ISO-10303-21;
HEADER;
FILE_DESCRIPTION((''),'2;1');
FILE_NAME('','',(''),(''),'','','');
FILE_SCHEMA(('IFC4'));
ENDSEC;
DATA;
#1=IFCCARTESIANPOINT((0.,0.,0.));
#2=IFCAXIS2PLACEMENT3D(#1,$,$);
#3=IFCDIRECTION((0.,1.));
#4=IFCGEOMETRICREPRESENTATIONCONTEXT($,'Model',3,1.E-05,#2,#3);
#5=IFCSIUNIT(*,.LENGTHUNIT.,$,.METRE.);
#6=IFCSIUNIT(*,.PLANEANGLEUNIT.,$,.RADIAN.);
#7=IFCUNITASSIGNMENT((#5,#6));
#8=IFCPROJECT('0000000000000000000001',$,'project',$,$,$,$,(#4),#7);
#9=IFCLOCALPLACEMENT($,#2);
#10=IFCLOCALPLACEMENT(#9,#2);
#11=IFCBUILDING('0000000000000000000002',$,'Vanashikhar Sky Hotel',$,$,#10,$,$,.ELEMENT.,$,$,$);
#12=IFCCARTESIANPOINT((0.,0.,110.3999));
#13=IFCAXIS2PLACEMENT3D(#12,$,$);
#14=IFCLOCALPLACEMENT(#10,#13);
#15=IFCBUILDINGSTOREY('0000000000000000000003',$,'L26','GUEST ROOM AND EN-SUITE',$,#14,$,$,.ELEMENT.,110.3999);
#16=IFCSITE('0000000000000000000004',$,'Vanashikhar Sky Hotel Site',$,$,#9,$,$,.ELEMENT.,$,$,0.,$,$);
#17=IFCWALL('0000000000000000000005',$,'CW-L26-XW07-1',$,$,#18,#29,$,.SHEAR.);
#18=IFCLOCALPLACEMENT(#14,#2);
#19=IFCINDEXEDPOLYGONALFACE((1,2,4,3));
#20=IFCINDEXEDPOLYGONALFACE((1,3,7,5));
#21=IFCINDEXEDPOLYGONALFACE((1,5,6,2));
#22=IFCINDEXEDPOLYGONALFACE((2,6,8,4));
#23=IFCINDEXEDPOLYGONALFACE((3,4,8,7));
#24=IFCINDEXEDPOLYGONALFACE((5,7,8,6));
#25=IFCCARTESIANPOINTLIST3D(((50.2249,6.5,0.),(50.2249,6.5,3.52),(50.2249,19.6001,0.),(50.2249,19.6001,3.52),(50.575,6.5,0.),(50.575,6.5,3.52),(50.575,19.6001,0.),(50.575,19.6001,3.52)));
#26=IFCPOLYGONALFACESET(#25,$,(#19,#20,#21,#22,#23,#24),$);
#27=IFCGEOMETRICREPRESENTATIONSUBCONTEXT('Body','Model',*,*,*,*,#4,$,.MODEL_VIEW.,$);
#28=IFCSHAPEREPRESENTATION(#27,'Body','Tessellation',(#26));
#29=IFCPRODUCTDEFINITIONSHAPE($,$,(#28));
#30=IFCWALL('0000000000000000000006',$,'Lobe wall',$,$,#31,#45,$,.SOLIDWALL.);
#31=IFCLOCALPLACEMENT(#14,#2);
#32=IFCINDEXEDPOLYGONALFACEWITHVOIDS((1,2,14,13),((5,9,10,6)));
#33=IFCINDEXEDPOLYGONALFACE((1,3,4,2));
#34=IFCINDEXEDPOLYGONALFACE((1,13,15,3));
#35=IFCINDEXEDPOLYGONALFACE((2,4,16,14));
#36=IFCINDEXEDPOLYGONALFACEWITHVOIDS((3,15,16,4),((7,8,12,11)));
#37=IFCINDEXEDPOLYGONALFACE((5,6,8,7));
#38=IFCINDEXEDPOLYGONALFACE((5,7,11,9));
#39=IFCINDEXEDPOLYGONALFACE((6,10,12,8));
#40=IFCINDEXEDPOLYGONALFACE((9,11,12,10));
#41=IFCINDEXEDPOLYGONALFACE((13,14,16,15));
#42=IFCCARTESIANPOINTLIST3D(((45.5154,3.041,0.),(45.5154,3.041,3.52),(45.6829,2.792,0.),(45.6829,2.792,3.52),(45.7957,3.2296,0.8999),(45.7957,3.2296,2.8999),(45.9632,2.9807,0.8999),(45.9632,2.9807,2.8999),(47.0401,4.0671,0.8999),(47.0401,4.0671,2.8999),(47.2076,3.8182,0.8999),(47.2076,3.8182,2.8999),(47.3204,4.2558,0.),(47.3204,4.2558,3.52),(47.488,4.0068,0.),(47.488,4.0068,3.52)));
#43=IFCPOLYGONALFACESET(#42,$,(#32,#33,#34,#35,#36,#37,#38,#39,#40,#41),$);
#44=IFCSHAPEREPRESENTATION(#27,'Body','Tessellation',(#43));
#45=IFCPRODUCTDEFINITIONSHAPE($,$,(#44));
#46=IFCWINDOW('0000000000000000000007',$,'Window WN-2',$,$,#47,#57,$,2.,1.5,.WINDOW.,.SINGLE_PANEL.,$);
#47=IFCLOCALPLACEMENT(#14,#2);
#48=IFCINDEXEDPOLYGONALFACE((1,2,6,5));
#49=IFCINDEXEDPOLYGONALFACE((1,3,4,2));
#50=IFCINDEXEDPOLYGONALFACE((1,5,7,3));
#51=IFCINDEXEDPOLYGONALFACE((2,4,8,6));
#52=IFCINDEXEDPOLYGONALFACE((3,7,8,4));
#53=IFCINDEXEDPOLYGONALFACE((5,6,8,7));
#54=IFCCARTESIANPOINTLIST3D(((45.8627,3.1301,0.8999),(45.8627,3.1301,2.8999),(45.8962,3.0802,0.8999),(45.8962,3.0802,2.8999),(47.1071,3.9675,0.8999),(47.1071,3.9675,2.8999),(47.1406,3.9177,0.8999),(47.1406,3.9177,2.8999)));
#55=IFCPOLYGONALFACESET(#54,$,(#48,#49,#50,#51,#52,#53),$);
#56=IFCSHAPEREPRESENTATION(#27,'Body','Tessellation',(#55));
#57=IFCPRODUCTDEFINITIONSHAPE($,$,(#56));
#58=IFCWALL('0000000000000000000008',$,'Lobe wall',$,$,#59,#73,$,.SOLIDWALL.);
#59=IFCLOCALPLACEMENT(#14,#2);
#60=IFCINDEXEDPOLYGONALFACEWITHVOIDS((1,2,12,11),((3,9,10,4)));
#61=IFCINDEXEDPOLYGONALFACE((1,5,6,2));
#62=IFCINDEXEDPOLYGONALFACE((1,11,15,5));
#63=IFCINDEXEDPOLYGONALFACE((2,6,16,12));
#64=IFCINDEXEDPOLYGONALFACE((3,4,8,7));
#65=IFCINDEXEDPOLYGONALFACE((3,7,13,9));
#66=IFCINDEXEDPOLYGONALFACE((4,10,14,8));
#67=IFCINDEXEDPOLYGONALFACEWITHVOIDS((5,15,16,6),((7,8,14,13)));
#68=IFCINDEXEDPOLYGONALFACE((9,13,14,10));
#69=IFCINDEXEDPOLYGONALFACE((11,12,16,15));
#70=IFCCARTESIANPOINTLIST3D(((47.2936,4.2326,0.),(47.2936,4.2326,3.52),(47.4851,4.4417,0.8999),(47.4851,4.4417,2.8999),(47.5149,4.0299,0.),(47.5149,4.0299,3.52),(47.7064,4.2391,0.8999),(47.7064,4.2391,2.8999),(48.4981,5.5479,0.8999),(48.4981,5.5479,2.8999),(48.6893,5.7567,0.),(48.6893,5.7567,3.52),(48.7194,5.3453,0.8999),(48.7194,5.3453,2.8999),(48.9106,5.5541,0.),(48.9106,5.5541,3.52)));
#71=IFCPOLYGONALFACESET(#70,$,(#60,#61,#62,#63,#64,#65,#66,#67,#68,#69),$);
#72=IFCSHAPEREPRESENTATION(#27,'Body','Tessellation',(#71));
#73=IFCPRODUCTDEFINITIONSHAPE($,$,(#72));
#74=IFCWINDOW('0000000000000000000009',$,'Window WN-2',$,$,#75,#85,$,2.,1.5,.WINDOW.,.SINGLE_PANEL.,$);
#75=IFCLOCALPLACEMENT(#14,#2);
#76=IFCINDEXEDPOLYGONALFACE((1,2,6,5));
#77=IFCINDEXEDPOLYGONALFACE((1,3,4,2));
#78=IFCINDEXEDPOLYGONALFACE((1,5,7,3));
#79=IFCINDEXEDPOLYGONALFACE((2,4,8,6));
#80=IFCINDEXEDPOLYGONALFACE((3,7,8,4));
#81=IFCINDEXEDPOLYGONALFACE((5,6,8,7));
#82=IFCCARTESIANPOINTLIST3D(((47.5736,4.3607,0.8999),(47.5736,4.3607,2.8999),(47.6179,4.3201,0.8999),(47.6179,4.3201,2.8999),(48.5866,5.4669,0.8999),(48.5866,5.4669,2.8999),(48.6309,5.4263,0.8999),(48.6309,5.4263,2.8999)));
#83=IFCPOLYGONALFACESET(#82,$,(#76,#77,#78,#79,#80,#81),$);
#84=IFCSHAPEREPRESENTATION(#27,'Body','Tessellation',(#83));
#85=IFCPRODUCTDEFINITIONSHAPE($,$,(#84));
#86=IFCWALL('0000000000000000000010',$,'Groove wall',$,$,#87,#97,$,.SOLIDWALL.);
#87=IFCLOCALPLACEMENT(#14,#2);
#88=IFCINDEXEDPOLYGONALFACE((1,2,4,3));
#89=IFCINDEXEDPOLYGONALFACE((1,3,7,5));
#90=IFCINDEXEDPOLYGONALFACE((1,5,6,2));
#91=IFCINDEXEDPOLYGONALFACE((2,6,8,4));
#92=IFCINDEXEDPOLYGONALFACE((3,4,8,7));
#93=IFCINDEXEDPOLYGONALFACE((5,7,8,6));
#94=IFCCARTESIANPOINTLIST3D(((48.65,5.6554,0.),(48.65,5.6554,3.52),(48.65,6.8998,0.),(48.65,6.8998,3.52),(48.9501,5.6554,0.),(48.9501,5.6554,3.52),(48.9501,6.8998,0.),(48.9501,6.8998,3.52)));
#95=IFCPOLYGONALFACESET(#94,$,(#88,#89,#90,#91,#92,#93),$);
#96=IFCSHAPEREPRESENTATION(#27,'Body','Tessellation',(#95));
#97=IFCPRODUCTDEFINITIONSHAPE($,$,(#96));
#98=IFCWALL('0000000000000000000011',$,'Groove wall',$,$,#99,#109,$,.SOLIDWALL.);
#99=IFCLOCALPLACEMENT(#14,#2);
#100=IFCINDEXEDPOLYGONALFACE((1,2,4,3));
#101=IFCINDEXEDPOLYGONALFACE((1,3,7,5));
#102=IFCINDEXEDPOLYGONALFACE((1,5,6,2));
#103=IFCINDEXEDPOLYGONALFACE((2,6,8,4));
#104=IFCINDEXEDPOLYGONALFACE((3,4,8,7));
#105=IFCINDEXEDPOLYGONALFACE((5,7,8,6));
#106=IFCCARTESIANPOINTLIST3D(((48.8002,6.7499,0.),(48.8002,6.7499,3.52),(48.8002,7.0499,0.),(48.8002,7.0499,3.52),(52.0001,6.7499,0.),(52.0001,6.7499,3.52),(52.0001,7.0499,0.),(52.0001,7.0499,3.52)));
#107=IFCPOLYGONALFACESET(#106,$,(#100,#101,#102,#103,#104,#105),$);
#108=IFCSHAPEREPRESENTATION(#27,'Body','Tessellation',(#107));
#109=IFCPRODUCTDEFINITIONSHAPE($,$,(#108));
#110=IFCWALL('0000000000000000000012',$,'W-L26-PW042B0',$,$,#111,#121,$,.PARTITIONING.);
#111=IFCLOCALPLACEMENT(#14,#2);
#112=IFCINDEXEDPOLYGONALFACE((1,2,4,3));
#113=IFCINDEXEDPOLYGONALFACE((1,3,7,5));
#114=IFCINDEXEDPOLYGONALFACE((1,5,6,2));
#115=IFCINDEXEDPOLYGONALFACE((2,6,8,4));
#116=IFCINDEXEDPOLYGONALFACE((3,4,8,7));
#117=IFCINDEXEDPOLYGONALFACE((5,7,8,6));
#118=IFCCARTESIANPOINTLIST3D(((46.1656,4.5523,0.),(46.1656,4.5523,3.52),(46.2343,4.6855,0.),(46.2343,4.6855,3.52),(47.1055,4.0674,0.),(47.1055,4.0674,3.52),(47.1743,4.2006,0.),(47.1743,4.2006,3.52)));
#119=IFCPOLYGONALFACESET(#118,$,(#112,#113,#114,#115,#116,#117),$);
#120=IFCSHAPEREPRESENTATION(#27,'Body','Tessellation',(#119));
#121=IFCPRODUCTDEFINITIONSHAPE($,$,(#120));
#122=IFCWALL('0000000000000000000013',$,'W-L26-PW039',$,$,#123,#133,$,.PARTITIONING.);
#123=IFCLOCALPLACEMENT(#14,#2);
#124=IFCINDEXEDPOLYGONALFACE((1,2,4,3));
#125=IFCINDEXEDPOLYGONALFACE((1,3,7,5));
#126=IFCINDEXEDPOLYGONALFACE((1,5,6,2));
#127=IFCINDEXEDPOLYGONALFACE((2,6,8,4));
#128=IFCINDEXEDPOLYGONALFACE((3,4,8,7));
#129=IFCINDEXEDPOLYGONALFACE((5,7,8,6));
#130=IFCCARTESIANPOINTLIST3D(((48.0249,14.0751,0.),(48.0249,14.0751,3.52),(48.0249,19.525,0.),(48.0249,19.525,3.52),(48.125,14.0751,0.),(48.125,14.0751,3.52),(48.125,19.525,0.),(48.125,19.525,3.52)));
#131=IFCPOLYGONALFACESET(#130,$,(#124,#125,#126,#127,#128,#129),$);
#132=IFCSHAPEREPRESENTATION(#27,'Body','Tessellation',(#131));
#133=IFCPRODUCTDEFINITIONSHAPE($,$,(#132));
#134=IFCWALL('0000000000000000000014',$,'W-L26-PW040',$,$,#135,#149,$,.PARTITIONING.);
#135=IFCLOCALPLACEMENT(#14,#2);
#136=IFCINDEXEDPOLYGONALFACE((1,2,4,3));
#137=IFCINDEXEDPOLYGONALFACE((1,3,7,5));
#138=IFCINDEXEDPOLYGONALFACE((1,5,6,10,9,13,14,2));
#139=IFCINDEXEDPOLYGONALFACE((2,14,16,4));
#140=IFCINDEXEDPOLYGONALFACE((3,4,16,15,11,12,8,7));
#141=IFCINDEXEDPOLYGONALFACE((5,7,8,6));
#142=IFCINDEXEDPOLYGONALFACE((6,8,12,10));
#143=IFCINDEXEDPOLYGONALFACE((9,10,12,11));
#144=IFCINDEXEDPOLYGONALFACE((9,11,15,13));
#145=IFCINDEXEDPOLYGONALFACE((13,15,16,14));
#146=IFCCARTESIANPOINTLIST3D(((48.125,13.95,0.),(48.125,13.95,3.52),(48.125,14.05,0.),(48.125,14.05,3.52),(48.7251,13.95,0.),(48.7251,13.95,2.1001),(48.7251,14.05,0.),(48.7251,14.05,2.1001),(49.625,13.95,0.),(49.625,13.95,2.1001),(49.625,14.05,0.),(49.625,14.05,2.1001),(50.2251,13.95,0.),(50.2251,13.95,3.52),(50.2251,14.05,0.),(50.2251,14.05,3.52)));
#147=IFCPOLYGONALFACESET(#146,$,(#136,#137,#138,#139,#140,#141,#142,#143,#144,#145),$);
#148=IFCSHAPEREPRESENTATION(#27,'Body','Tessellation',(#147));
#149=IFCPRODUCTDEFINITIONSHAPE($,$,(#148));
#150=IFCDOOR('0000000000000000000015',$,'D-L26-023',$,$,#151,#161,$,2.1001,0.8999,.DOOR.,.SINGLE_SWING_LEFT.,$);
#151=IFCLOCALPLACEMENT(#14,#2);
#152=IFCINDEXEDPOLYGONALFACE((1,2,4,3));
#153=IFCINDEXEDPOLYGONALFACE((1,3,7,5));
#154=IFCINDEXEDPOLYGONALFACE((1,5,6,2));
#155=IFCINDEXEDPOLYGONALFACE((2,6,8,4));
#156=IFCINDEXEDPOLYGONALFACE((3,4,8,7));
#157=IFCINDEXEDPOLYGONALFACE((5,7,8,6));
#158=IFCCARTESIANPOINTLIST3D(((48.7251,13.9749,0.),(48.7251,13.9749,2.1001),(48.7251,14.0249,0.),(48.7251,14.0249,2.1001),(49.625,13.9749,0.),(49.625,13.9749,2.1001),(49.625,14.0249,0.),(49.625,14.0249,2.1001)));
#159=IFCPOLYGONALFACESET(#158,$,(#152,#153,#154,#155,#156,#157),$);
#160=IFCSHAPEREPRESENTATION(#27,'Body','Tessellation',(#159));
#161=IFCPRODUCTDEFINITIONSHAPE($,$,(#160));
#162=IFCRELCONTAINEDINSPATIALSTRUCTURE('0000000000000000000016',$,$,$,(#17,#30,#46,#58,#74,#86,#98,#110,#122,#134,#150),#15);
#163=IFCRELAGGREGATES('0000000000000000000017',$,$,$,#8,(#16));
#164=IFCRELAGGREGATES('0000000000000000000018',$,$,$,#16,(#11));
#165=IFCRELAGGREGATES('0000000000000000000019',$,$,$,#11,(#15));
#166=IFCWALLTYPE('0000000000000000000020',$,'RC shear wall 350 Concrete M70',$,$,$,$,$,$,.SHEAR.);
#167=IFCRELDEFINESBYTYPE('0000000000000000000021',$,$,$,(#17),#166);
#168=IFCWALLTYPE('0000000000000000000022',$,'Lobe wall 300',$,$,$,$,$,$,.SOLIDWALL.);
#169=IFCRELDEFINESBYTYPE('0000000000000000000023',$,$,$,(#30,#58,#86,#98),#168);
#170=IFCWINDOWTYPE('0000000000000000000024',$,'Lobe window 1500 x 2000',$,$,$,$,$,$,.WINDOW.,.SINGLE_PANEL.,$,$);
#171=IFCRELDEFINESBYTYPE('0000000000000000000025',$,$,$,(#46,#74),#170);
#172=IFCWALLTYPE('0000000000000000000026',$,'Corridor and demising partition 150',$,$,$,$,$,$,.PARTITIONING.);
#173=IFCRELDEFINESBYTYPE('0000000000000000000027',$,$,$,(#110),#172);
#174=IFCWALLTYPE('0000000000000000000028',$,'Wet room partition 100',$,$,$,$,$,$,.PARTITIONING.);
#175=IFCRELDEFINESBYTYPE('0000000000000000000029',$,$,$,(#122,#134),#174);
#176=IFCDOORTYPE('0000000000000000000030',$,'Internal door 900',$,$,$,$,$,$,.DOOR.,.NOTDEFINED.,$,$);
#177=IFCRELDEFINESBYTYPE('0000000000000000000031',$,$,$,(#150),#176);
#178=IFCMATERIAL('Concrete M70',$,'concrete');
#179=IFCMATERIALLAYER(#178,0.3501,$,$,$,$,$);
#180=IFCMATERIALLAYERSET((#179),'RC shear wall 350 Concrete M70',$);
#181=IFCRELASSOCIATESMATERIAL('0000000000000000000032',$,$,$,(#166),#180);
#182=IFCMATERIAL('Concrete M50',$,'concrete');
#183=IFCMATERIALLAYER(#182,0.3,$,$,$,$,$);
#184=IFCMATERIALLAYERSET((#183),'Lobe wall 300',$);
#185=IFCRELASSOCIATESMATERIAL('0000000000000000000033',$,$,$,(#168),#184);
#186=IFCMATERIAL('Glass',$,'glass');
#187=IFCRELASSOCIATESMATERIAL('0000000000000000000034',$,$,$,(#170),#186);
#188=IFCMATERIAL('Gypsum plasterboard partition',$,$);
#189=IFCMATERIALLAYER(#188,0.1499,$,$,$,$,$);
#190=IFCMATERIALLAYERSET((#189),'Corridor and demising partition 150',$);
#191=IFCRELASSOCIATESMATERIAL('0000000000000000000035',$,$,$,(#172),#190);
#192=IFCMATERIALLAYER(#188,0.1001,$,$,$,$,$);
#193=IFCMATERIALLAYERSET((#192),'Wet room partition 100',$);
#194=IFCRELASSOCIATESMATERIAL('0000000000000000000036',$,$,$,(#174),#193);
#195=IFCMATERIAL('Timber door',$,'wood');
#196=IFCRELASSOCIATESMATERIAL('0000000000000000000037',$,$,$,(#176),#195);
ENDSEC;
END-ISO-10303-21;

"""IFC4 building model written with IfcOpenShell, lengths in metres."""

from ifc_helpers import new_model, si_unit, direction, frame, frame_2d, origin, place, context, subcontext, project, spatial, rectangle, extrude, source, transform, mapped, material, layer, layer_set, type_object, element, fill, save


model = new_model("IFC4")

# Units and contexts
model_context = context("Model", 3, precision=1e-05, world=origin(), true_north=direction((0.0, 1.0)))
body_context = subcontext(model_context, "Body", "Model", "MODEL_VIEW")
ifc_project = project(units=[si_unit("LENGTHUNIT", "METRE"), si_unit("PLANEANGLEUNIT", "RADIAN")], contexts=[model_context])

# Site, building, storey
site_placement = place(None, origin())
site = spatial("IfcSite", under=ifc_project, at=site_placement, Name="Vanashikhar Sky Hotel Site", CompositionType="ELEMENT", RefElevation=0.0)
building_placement = place(site_placement, origin())
building = spatial("IfcBuilding", under=site, at=building_placement, Name="Vanashikhar Sky Hotel", CompositionType="ELEMENT")
storey_placement = place(building_placement, frame((0.0, 0.0, 110.3999)))
storey = spatial("IfcBuildingStorey", under=building, at=storey_placement, Name="L26", Description="GUEST ROOM AND EN-SUITE", CompositionType="ELEMENT", Elevation=110.3999)

# Wall
ifc_material_1 = material(Name="Concrete M70", Category="concrete")
ifc_layer_1 = layer(ifc_material_1, 0.3501)
ifc_layer_set_1 = layer_set([ifc_layer_1], Name="RC shear wall 350 Concrete M70")
wall_type_1 = type_object("IfcWallType", Name="RC shear wall 350 Concrete M70", PredefinedType="SHEAR", material=ifc_layer_set_1)
shared_shape_1 = source(origin(), body_context, "Body", "SweptSolid", [
    extrude(rectangle(XDim=13.1001, YDim=0.3501, at=frame_2d((6.55, 0.0))), origin(), (0.0, 0.0, 1.0), 3.52),
])
wall_1_placement = place(storey_placement, frame((50.3999, 6.5, 0.0), z_axis=(0.0, 0.0, 1.0), x_axis=(0.0, 1.0, 0.0)))
element("IfcWall", 1, at=wall_1_placement, inside=storey, type_object=wall_type_1, Name="CW-L26-XW07-1", PredefinedType="SHEAR", context=body_context, shape_type="MappedRepresentation", body=[
    mapped(shared_shape_1, transform((0.0, 0.0, 0.0), scale=1.0)),
])

# Walls, openings, windows
ifc_material_2 = material(Name="Concrete M50", Category="concrete")
ifc_layer_2 = layer(ifc_material_2, 0.3)
ifc_layer_set_2 = layer_set([ifc_layer_2], Name="Lobe wall 300")
wall_type_2 = type_object("IfcWallType", Name="Lobe wall 300", PredefinedType="SOLIDWALL", material=ifc_layer_set_2)
shared_shape_2 = source(origin(), body_context, "Body", "SweptSolid", [
    extrude(rectangle(XDim=2.1758, YDim=0.3, at=frame_2d((1.0879, 0.0))), origin(), (0.0, 0.0, 1.0), 3.52),
])
wall_2_placement = place(storey_placement, frame((45.5991, 2.9165, 0.0), z_axis=(0.0, 0.0, 1.0), x_axis=(0.829626, 0.55832, 0.0)))
wall_2 = element("IfcWall", 2, at=wall_2_placement, inside=storey, type_object=wall_type_2, Name="Lobe wall", PredefinedType="SOLIDWALL", context=body_context, shape_type="MappedRepresentation", body=[
    mapped(shared_shape_2, transform((0.0, 0.0, 0.0), scale=1.0)),
])
shared_shape_3 = source(origin(), body_context, "Body", "SweptSolid", [
    extrude(rectangle(XDim=1.5, YDim=2.0, at=frame_2d((0.75, 1.0))), frame((0.0, 0.1602, 0.0), z_axis=(0.0, -1.0, 0.0), x_axis=(1.0, 0.0, 0.0)), (0.0, 0.0, 1.0), 0.3201),
])
opening_1_placement = place(wall_2_placement, frame((0.3379, 0.0, 0.8999)))
opening_1 = element("IfcOpeningElement", 3, at=opening_1_placement, cuts=wall_2, PredefinedType="OPENING", context=body_context, shape_type="MappedRepresentation", body=[
    mapped(shared_shape_3, transform((0.0, 0.0, 0.0), scale=1.0)),
])
ifc_material_3 = material(Name="Glass", Category="glass")
window_type = type_object("IfcWindowType", Name="Lobe window 1500 x 2000", PartitioningType="SINGLE_PANEL", PredefinedType="WINDOW", material=ifc_material_3)
shared_shape_4 = source(origin(), body_context, "Body", "SweptSolid", [
    extrude(rectangle(XDim=1.5, YDim=2.0, at=frame_2d((0.75, 1.0))), frame((0.0, 0.03, 0.0), z_axis=(0.0, -1.0, 0.0), x_axis=(1.0, 0.0, 0.0)), (0.0, 0.0, 1.0), 0.0601),
])
window_1_placement = place(opening_1_placement, origin())
window_1 = element("IfcWindow", 4, at=window_1_placement, inside=storey, type_object=window_type, Name="Window WN-2", OverallHeight=2.0, OverallWidth=1.5, PartitioningType="SINGLE_PANEL", PredefinedType="WINDOW", context=body_context, shape_type="MappedRepresentation", body=[
    mapped(shared_shape_4, transform((0.0, 0.0, 0.0), scale=1.0)),
])
fill(opening_1, window_1)
shared_shape_5 = source(origin(), body_context, "Body", "SweptSolid", [
    extrude(rectangle(XDim=2.0667, YDim=0.3, at=frame_2d((1.0332, 0.0))), origin(), (0.0, 0.0, 1.0), 3.52),
])
wall_3_placement = place(storey_placement, frame((47.4043, 4.1313, 0.0), z_axis=(0.0, 0.0, 1.0), x_axis=(0.675355, 0.737492, 0.0)))
wall_3 = element("IfcWall", 5, at=wall_3_placement, inside=storey, type_object=wall_type_2, Name="Lobe wall", PredefinedType="SOLIDWALL", context=body_context, shape_type="MappedRepresentation", body=[
    mapped(shared_shape_5, transform((0.0, 0.0, 0.0), scale=1.0)),
])
opening_2_placement = place(wall_3_placement, frame((0.2834, 0.0, 0.8999)))
opening_2 = element("IfcOpeningElement", 6, at=opening_2_placement, cuts=wall_3, PredefinedType="OPENING", context=body_context, shape_type="MappedRepresentation", body=[
    mapped(shared_shape_3, transform((0.0, 0.0, 0.0), scale=1.0)),
])
window_2_placement = place(opening_2_placement, origin())
window_2 = element("IfcWindow", 7, at=window_2_placement, inside=storey, type_object=window_type, Name="Window WN-2", OverallHeight=2.0, OverallWidth=1.5, PartitioningType="SINGLE_PANEL", PredefinedType="WINDOW", context=body_context, shape_type="MappedRepresentation", body=[
    mapped(shared_shape_4, transform((0.0, 0.0, 0.0), scale=1.0)),
])
fill(opening_2, window_2)

# Walls
shared_shape_6 = source(origin(), body_context, "Body", "SweptSolid", [
    extrude(rectangle(XDim=1.2444, YDim=0.3, at=frame_2d((0.6221, 0.0))), origin(), (0.0, 0.0, 1.0), 3.52),
])
wall_4_placement = place(storey_placement, frame((48.8, 5.6555, 0.0), z_axis=(0.0, 0.0, 1.0), x_axis=(0.0, 1.0, 0.0)))
element("IfcWall", 8, at=wall_4_placement, inside=storey, type_object=wall_type_2, Name="Groove wall", PredefinedType="SOLIDWALL", context=body_context, shape_type="MappedRepresentation", body=[
    mapped(shared_shape_6, transform((0.0, 0.0, 0.0), scale=1.0)),
])
shared_shape_7 = source(origin(), body_context, "Body", "SweptSolid", [
    extrude(rectangle(XDim=3.2, YDim=0.3, at=frame_2d((1.6001, 0.0))), origin(), (0.0, 0.0, 1.0), 3.52),
])
wall_5_placement = place(storey_placement, frame((48.8, 6.8999, 0.0), z_axis=(0.0, 0.0, 1.0), x_axis=(1.0, 0.0, 0.0)))
element("IfcWall", 9, at=wall_5_placement, inside=storey, type_object=wall_type_2, Name="Groove wall", PredefinedType="SOLIDWALL", context=body_context, shape_type="MappedRepresentation", body=[
    mapped(shared_shape_7, transform((0.0, 0.0, 0.0), scale=1.0)),
])
ifc_material_4 = material(Name="Gypsum plasterboard partition")
ifc_layer_3 = layer(ifc_material_4, 0.1499)
ifc_layer_set_3 = layer_set([ifc_layer_3], Name="Corridor and demising partition 150")
wall_type_3 = type_object("IfcWallType", Name="Corridor and demising partition 150", PredefinedType="PARTITIONING", material=ifc_layer_set_3)
shared_shape_8 = source(origin(), body_context, "Body", "SweptSolid", [
    extrude(rectangle(XDim=1.0576, YDim=0.1499, at=frame_2d((0.5288, 0.0))), origin(), (0.0, 0.0, 1.0), 3.52),
])
wall_6_placement = place(storey_placement, frame((47.1399, 4.134, 0.0), z_axis=(0.0, 0.0, 1.0), x_axis=(-0.888724, 0.458443, 0.0)))
element("IfcWall", 10, at=wall_6_placement, inside=storey, type_object=wall_type_3, Name="W-L26-PW042B0", PredefinedType="PARTITIONING", context=body_context, shape_type="MappedRepresentation", body=[
    mapped(shared_shape_8, transform((0.0, 0.0, 0.0), scale=1.0)),
])
ifc_layer_4 = layer(ifc_material_4, 0.1001)
ifc_layer_set_4 = layer_set([ifc_layer_4], Name="Wet room partition 100")
wall_type_4 = type_object("IfcWallType", Name="Wet room partition 100", PredefinedType="PARTITIONING", material=ifc_layer_set_4)
shared_shape_9 = source(origin(), body_context, "Body", "SweptSolid", [
    extrude(rectangle(XDim=5.45, YDim=0.1001, at=frame_2d((2.7251, 0.0))), origin(), (0.0, 0.0, 1.0), 3.52),
])
wall_7_placement = place(storey_placement, frame((48.075, 14.075, 0.0), z_axis=(0.0, 0.0, 1.0), x_axis=(0.0, 1.0, 0.0)))
element("IfcWall", 11, at=wall_7_placement, inside=storey, type_object=wall_type_4, Name="W-L26-PW039", PredefinedType="PARTITIONING", context=body_context, shape_type="MappedRepresentation", body=[
    mapped(shared_shape_9, transform((0.0, 0.0, 0.0), scale=1.0)),
])

# Wall, opening, door
shared_shape_10 = source(origin(), body_context, "Body", "SweptSolid", [
    extrude(rectangle(XDim=2.1001, YDim=0.1001, at=frame_2d((1.05, 0.0))), origin(), (0.0, 0.0, 1.0), 3.52),
])
wall_8_placement = place(storey_placement, frame((48.125, 14.0, 0.0), z_axis=(0.0, 0.0, 1.0), x_axis=(1.0, 0.0, 0.0)))
wall_8 = element("IfcWall", 12, at=wall_8_placement, inside=storey, type_object=wall_type_4, Name="W-L26-PW040", PredefinedType="PARTITIONING", context=body_context, shape_type="MappedRepresentation", body=[
    mapped(shared_shape_10, transform((0.0, 0.0, 0.0), scale=1.0)),
])
shared_shape_11 = source(origin(), body_context, "Body", "SweptSolid", [
    extrude(rectangle(XDim=0.8999, YDim=2.1001, at=frame_2d((0.45, 1.05))), frame((0.0, 0.0601, 0.0), z_axis=(0.0, -1.0, 0.0), x_axis=(1.0, 0.0, 0.0)), (0.0, 0.0, 1.0), 0.1201),
])
opening_3_placement = place(wall_8_placement, frame((0.6001, 0.0, 0.0)))
opening_3 = element("IfcOpeningElement", 13, at=opening_3_placement, cuts=wall_8, PredefinedType="OPENING", context=body_context, shape_type="MappedRepresentation", body=[
    mapped(shared_shape_11, transform((0.0, 0.0, 0.0), scale=1.0)),
])
ifc_material_5 = material(Name="Timber door", Category="wood")
door_type = type_object("IfcDoorType", Name="Internal door 900", OperationType="NOTDEFINED", PredefinedType="DOOR", material=ifc_material_5)
shared_shape_12 = source(origin(), body_context, "Body", "SweptSolid", [
    extrude(rectangle(XDim=0.8999, YDim=2.1001, at=frame_2d((0.45, 1.05))), frame((0.0, 0.0249, 0.0), z_axis=(0.0, -1.0, 0.0), x_axis=(1.0, 0.0, 0.0)), (0.0, 0.0, 1.0), 0.05),
])
door_placement = place(opening_3_placement, origin())
door = element("IfcDoor", 14, at=door_placement, inside=storey, type_object=door_type, Name="D-L26-023", OperationType="SINGLE_SWING_LEFT", OverallHeight=2.1001, OverallWidth=0.8999, PredefinedType="DOOR", context=body_context, shape_type="MappedRepresentation", body=[
    mapped(shared_shape_12, transform((0.0, 0.0, 0.0), scale=1.0)),
])
fill(opening_3, door)

save(model, "model.ifc")
